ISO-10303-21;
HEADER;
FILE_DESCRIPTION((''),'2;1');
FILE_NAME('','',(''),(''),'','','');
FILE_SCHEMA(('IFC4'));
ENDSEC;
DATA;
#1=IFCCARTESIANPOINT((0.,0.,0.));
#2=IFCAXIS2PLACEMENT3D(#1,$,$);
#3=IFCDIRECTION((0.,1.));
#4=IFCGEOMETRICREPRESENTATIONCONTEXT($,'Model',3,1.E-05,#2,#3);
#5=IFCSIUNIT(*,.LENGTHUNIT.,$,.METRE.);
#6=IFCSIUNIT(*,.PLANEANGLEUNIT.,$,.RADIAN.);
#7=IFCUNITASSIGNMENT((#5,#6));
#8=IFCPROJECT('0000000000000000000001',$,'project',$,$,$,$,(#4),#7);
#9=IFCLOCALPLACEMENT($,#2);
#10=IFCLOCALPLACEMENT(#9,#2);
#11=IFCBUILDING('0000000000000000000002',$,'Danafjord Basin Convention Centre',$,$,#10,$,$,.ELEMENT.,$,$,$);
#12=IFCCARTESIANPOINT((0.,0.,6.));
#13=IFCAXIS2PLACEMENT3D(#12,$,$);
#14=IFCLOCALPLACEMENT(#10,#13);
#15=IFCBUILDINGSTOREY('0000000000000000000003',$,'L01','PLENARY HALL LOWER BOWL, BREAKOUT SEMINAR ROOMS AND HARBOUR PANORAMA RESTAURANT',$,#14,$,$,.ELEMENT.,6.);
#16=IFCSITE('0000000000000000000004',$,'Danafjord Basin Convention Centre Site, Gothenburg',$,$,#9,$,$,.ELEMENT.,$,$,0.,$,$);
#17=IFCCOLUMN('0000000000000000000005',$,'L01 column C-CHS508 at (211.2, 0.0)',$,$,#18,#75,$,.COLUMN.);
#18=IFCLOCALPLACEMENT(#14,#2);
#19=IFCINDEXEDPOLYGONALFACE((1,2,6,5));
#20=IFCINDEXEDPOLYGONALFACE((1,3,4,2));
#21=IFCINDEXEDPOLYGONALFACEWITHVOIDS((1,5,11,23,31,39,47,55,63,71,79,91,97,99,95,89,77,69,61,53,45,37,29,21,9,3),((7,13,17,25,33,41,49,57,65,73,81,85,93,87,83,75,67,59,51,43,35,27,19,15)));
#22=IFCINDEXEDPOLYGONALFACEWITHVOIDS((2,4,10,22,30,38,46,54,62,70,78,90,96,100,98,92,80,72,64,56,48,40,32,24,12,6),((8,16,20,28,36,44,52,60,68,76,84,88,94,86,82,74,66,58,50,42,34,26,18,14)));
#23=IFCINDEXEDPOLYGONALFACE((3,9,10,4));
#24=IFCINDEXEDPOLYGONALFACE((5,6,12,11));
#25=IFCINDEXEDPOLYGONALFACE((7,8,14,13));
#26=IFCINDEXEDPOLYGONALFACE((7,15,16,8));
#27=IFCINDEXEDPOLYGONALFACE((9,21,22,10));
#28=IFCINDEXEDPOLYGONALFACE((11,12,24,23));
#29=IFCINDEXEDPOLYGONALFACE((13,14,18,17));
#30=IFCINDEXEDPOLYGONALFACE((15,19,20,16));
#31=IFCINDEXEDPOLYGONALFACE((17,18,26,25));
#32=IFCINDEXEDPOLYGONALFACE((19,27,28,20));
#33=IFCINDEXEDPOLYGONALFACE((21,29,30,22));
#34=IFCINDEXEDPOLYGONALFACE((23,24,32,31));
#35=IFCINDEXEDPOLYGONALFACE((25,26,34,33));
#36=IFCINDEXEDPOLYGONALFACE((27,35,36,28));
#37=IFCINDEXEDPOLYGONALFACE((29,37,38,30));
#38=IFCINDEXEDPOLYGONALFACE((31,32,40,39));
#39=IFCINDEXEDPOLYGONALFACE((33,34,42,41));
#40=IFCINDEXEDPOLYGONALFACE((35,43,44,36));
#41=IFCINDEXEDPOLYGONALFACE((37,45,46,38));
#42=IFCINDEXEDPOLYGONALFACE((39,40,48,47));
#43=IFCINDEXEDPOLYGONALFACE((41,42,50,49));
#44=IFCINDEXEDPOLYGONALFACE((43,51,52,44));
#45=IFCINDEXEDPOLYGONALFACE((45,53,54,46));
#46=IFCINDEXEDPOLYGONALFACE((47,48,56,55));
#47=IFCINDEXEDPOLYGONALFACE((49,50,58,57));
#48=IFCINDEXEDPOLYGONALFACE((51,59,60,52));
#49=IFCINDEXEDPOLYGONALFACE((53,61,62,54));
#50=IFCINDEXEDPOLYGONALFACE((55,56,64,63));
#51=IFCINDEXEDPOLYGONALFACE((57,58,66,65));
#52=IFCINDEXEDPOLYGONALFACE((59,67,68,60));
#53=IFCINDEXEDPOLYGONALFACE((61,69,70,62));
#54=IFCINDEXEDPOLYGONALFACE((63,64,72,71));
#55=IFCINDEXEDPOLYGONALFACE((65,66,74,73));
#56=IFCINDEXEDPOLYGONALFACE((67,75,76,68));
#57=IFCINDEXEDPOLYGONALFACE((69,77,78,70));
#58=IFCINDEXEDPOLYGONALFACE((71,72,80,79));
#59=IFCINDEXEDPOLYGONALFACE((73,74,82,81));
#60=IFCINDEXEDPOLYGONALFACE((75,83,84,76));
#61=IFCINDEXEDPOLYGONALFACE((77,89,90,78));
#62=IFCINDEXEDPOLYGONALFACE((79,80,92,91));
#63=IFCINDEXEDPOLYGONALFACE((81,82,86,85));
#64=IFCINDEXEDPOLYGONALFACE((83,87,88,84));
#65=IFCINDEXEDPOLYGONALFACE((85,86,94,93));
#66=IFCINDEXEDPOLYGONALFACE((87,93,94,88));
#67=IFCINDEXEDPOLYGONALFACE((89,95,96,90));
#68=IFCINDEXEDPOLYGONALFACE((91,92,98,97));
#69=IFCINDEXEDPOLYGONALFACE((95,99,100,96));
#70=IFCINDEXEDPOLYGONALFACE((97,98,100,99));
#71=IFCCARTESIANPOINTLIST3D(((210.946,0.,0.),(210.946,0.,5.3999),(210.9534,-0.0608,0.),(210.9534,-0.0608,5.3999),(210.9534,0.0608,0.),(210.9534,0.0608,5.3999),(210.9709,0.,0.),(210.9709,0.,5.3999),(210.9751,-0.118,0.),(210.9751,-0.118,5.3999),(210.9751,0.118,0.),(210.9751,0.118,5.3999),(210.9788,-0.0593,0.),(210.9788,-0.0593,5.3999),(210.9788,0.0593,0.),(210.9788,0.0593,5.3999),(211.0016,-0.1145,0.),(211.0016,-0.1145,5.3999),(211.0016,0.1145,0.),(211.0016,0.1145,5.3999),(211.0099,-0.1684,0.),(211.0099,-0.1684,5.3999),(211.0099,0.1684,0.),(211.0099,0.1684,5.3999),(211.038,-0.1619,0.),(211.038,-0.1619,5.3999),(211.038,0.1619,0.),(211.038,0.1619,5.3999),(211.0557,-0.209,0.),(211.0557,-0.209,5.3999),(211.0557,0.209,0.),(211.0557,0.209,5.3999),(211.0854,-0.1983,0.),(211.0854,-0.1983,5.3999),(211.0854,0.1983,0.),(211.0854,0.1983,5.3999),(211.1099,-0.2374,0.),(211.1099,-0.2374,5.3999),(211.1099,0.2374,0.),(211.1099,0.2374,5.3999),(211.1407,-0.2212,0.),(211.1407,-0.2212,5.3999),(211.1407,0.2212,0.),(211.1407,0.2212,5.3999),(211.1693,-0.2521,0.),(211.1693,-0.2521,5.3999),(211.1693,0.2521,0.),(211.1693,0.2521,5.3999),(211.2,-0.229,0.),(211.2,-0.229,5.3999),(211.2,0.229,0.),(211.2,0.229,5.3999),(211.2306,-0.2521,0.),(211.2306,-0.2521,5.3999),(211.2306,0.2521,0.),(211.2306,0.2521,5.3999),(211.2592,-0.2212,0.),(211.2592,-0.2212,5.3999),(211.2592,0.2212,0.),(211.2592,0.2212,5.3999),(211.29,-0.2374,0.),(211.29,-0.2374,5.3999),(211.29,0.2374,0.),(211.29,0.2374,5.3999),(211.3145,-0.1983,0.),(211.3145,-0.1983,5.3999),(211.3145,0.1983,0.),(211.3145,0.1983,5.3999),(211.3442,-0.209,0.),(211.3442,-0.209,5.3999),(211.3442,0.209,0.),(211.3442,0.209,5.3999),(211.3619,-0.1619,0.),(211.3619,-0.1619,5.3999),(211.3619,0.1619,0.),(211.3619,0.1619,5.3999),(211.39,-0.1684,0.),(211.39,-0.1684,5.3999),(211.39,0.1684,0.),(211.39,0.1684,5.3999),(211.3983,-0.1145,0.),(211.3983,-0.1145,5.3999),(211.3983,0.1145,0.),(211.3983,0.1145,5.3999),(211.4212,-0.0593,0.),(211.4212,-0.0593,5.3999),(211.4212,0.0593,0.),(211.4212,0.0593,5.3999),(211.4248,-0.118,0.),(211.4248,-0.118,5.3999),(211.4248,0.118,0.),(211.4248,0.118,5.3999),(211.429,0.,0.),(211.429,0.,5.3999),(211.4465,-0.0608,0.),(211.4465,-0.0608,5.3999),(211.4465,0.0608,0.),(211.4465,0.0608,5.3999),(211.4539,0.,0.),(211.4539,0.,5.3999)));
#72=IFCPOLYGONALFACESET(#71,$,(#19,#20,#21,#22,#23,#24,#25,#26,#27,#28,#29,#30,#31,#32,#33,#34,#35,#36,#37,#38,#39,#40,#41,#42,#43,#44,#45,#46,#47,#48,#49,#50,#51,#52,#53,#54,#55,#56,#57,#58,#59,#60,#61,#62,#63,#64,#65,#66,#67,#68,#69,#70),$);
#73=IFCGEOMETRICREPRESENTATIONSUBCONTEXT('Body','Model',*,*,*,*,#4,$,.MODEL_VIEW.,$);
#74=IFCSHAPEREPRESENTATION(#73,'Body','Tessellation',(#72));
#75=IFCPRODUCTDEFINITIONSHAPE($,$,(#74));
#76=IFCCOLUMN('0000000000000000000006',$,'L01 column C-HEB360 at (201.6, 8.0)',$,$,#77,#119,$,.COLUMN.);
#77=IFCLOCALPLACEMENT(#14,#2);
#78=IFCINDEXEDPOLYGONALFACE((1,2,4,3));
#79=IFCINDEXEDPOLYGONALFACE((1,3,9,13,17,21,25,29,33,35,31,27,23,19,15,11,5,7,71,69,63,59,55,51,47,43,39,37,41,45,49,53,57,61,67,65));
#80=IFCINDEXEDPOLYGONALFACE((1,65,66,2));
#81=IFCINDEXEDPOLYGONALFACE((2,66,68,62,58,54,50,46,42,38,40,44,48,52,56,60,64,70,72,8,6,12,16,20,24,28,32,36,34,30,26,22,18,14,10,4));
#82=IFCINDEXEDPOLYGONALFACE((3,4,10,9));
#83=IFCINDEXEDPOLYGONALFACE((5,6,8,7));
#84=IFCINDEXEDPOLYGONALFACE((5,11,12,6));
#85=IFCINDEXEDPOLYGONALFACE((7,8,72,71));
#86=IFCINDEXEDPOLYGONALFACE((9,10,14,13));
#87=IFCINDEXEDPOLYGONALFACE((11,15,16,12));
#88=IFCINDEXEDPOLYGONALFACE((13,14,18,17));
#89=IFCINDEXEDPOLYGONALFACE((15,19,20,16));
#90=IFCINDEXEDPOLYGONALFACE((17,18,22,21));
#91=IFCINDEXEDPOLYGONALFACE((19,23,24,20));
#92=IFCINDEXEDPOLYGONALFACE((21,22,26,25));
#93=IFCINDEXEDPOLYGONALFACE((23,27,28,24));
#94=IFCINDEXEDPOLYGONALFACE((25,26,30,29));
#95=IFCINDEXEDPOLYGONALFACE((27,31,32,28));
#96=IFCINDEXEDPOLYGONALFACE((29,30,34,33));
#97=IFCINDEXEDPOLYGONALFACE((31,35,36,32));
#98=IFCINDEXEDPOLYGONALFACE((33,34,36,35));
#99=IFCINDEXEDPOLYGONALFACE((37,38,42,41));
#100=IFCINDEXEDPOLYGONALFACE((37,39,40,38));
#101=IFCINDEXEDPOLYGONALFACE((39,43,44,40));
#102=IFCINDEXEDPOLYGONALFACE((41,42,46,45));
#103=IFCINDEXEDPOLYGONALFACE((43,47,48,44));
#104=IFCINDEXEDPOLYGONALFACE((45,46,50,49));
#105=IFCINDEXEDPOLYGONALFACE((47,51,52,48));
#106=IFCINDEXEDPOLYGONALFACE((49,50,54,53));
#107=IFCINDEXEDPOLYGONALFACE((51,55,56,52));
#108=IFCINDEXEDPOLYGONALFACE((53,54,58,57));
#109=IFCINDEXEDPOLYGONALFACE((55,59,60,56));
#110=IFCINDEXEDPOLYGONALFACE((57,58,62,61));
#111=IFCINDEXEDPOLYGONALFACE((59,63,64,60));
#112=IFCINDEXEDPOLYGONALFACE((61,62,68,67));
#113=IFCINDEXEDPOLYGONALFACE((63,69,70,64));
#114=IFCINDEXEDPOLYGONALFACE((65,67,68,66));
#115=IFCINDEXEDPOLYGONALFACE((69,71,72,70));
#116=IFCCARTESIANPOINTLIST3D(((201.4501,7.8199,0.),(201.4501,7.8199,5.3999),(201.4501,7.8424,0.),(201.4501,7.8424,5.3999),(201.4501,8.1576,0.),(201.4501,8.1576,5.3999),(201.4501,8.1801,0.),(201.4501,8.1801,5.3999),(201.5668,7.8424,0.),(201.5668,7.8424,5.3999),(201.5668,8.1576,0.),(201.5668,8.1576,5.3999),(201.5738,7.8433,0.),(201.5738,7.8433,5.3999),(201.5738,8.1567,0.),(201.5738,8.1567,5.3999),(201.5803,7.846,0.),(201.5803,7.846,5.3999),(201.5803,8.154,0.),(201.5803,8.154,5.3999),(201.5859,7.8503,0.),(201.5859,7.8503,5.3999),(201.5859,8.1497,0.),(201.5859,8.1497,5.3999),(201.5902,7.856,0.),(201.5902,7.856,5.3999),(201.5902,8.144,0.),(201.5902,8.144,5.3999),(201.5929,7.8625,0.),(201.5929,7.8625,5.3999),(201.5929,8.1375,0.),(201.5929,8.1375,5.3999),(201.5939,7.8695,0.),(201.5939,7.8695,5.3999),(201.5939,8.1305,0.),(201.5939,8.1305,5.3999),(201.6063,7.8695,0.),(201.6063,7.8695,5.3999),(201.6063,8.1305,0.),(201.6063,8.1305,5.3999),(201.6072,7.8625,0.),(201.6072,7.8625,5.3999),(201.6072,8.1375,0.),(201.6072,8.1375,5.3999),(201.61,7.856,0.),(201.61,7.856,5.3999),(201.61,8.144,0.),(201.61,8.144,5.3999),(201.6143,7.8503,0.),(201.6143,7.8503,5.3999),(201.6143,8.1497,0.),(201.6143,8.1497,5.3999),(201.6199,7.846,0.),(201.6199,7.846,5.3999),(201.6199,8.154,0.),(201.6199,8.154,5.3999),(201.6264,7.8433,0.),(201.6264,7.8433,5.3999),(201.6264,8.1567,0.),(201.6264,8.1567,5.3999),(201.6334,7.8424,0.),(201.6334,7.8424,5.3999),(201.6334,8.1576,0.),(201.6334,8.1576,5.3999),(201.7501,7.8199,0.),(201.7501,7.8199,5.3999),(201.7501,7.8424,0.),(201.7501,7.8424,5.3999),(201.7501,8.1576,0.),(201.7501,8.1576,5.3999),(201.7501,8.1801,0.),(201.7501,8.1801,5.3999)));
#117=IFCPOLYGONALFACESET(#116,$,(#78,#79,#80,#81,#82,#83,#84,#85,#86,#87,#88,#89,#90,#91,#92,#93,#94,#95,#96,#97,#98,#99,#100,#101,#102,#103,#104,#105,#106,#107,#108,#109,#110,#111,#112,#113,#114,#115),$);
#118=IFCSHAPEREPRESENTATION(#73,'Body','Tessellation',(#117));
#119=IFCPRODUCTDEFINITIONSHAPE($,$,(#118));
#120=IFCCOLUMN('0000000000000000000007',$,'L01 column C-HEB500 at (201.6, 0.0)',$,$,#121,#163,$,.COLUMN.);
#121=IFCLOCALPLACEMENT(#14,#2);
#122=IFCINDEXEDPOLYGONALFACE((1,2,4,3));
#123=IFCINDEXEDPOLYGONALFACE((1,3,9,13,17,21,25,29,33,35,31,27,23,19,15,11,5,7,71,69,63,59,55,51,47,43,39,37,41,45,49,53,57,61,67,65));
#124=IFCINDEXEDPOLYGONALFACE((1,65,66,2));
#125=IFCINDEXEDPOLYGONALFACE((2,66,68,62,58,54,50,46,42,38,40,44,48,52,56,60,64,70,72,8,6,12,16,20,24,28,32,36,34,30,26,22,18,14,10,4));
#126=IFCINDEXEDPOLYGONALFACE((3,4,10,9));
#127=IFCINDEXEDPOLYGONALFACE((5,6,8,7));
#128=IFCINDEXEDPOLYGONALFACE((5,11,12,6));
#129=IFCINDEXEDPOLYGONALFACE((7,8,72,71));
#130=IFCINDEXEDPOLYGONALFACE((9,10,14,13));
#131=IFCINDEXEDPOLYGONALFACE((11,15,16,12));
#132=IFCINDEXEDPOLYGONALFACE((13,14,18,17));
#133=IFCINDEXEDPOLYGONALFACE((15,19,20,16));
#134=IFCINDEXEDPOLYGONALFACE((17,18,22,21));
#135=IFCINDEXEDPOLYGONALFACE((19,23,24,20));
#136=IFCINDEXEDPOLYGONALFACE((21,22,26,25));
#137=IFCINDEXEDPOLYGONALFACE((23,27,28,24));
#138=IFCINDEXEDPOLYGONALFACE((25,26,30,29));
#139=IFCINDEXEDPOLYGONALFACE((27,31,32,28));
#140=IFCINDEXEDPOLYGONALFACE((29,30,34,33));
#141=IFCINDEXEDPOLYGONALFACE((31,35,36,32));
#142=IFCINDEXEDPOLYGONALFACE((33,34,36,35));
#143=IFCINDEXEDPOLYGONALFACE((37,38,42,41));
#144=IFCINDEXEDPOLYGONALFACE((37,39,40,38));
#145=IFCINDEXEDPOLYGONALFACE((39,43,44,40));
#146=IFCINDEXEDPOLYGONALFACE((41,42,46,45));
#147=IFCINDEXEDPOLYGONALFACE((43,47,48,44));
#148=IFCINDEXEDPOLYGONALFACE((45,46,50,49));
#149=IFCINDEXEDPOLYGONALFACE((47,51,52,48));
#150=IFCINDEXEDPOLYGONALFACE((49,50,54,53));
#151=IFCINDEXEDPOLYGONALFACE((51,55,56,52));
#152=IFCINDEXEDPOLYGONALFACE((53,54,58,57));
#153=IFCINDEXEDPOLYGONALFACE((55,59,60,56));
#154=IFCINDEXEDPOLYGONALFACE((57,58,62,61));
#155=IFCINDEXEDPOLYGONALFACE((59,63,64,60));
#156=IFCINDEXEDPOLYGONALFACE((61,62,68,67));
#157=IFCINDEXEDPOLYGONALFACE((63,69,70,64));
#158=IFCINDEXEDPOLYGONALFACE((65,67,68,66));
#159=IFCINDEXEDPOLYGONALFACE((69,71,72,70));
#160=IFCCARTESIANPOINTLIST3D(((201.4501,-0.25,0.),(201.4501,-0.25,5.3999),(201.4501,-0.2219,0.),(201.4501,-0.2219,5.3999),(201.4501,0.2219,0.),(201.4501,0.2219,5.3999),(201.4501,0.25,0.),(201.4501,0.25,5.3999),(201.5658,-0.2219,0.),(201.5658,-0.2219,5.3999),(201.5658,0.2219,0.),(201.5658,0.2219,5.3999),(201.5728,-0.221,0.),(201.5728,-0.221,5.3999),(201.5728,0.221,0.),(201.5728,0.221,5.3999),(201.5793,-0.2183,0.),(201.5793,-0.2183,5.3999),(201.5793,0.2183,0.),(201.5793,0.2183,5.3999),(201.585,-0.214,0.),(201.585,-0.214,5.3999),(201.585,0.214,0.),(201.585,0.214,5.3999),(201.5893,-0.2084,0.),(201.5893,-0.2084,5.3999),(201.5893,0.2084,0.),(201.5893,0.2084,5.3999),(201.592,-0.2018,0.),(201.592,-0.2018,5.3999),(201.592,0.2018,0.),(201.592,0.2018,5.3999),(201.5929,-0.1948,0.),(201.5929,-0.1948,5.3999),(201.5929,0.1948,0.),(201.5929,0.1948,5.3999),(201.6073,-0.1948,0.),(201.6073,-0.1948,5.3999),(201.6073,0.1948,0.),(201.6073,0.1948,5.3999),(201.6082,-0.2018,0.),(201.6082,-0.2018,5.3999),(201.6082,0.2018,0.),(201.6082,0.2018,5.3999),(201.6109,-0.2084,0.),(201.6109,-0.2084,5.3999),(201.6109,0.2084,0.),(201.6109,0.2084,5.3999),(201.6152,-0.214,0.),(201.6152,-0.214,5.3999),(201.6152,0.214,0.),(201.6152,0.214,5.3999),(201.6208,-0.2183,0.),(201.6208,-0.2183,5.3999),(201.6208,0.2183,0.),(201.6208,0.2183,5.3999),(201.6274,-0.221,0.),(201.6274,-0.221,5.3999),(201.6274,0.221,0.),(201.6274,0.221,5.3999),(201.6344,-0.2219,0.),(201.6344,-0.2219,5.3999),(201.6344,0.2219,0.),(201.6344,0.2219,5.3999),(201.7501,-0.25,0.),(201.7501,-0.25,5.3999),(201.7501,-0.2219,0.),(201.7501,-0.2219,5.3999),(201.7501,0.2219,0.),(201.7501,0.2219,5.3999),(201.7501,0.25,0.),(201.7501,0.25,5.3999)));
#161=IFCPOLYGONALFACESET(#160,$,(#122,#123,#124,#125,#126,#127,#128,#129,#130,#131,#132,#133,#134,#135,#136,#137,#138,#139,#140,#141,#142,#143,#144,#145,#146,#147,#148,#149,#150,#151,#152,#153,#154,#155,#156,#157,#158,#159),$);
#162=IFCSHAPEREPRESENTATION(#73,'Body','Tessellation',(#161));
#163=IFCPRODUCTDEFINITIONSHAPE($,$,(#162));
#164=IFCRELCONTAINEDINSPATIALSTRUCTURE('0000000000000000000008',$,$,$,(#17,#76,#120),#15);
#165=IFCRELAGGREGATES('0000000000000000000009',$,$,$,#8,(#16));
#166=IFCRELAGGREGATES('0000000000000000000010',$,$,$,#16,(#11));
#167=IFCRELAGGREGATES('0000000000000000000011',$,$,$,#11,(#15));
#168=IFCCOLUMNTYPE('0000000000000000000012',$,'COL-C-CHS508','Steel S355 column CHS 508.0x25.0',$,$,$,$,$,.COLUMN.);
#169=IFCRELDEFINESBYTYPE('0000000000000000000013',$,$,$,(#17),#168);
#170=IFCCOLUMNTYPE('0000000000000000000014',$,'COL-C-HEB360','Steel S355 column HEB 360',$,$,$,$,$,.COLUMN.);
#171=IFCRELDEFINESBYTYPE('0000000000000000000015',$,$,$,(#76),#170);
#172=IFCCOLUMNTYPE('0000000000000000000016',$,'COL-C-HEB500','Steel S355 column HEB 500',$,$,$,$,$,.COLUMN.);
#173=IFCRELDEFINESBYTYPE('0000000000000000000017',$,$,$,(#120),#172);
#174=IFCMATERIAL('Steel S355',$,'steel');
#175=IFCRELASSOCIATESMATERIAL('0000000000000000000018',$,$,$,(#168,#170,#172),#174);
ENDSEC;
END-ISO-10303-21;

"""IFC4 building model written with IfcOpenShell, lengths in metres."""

from ifc_helpers import new_model, si_unit, direction, frame, origin, origin_2d, place, context, subcontext, project, spatial, hollow_circle, i_section, extrude, material, material_profile, profile_set, type_object, element, save


model = new_model("IFC4")

# Units and contexts
model_context = context("Model", 3, precision=1e-05, world=origin(), true_north=direction((0.0, 1.0)))
body_context = subcontext(model_context, "Body", "Model", "MODEL_VIEW")
ifc_project = project(units=[si_unit("LENGTHUNIT", "METRE"), si_unit("PLANEANGLEUNIT", "RADIAN")], contexts=[model_context])

# Site, building, storey
site_placement = place(None, origin())
site = spatial("IfcSite", under=ifc_project, at=site_placement, Name="Danafjord Basin Convention Centre Site, Gothenburg", CompositionType="ELEMENT", RefElevation=0.0)
building_placement = place(site_placement, origin())
building = spatial("IfcBuilding", under=site, at=building_placement, Name="Danafjord Basin Convention Centre", CompositionType="ELEMENT")
storey_placement = place(building_placement, frame((0.0, 0.0, 6.0)))
storey = spatial("IfcBuildingStorey", under=building, at=storey_placement, Name="L01", Description="PLENARY HALL LOWER BOWL, BREAKOUT SEMINAR ROOMS AND HARBOUR PANORAMA RESTAURANT", CompositionType="ELEMENT", Elevation=6.0)

# Columns
ifc_material_1 = material(Name="Steel S355", Category="steel")
ifc_material_profile_1 = material_profile(ifc_material_1, hollow_circle(Radius=0.2539, WallThickness=0.0249, at=origin_2d()), Name="CHS 508.0x25.0")
ifc_profile_set_1 = profile_set([ifc_material_profile_1], Name="Steel S355")
column_type_1 = type_object("IfcColumnType", Name="COL-C-CHS508", Description="Steel S355 column CHS 508.0x25.0", PredefinedType="COLUMN", material=ifc_profile_set_1)
column_1_placement = place(storey_placement, frame((211.2, 0.0, 0.0), z_axis=(0.0, 0.0, 1.0), x_axis=(1.0, 0.0, 0.0)))
element("IfcColumn", 1, at=column_1_placement, inside=storey, type_object=column_type_1, Name="L01 column C-CHS508 at (211.2, 0.0)", PredefinedType="COLUMN", context=body_context, shape_type="SweptSolid", body=[
    extrude(hollow_circle(Radius=0.2539, WallThickness=0.0249, at=origin_2d()), origin(), (0.0, 0.0, 1.0), 5.3999),
])
ifc_material_profile_2 = material_profile(ifc_material_1, i_section(OverallWidth=0.3, OverallDepth=0.3601, WebThickness=0.0125, FlangeThickness=0.0225, FilletRadius=0.0271, at=origin_2d()), Name="HEB 360")
ifc_profile_set_2 = profile_set([ifc_material_profile_2], Name="Steel S355")
column_type_2 = type_object("IfcColumnType", Name="COL-C-HEB360", Description="Steel S355 column HEB 360", PredefinedType="COLUMN", material=ifc_profile_set_2)
column_2_placement = place(storey_placement, frame((201.6001, 8.0, 0.0), z_axis=(0.0, 0.0, 1.0), x_axis=(1.0, 0.0, 0.0)))
element("IfcColumn", 2, at=column_2_placement, inside=storey, type_object=column_type_2, Name="L01 column C-HEB360 at (201.6, 8.0)", PredefinedType="COLUMN", context=body_context, shape_type="SweptSolid", body=[
    extrude(i_section(OverallWidth=0.3, OverallDepth=0.3601, WebThickness=0.0125, FlangeThickness=0.0225, FilletRadius=0.0271, at=origin_2d()), origin(), (0.0, 0.0, 1.0), 5.3999),
])
ifc_material_profile_3 = material_profile(ifc_material_1, i_section(OverallWidth=0.3, OverallDepth=0.5, WebThickness=0.0144, FlangeThickness=0.0281, FilletRadius=0.0271, at=origin_2d()), Name="HEB 500")
ifc_profile_set_3 = profile_set([ifc_material_profile_3], Name="Steel S355")
column_type_3 = type_object("IfcColumnType", Name="COL-C-HEB500", Description="Steel S355 column HEB 500", PredefinedType="COLUMN", material=ifc_profile_set_3)
for number, where, z_axis, x_axis, name in (
    (3, (201.6001, 0.0, 0.0), (0.0, 0.0, 1.0), (1.0, 0.0, 0.0), "L01 column C-HEB500 at (201.6, 0.0)"),
):
    element("IfcColumn", number, at=place(storey_placement, frame(where, z_axis=z_axis, x_axis=x_axis)), inside=storey, type_object=column_type_3, Name=name, PredefinedType="COLUMN", context=body_context, shape_type="SweptSolid", body=[
        extrude(i_section(OverallWidth=0.3, OverallDepth=0.5, WebThickness=0.0144, FlangeThickness=0.0281, FilletRadius=0.0271, at=origin_2d()), origin(), (0.0, 0.0, 1.0), 5.3999),
    ])

save(model, "model.ifc")
